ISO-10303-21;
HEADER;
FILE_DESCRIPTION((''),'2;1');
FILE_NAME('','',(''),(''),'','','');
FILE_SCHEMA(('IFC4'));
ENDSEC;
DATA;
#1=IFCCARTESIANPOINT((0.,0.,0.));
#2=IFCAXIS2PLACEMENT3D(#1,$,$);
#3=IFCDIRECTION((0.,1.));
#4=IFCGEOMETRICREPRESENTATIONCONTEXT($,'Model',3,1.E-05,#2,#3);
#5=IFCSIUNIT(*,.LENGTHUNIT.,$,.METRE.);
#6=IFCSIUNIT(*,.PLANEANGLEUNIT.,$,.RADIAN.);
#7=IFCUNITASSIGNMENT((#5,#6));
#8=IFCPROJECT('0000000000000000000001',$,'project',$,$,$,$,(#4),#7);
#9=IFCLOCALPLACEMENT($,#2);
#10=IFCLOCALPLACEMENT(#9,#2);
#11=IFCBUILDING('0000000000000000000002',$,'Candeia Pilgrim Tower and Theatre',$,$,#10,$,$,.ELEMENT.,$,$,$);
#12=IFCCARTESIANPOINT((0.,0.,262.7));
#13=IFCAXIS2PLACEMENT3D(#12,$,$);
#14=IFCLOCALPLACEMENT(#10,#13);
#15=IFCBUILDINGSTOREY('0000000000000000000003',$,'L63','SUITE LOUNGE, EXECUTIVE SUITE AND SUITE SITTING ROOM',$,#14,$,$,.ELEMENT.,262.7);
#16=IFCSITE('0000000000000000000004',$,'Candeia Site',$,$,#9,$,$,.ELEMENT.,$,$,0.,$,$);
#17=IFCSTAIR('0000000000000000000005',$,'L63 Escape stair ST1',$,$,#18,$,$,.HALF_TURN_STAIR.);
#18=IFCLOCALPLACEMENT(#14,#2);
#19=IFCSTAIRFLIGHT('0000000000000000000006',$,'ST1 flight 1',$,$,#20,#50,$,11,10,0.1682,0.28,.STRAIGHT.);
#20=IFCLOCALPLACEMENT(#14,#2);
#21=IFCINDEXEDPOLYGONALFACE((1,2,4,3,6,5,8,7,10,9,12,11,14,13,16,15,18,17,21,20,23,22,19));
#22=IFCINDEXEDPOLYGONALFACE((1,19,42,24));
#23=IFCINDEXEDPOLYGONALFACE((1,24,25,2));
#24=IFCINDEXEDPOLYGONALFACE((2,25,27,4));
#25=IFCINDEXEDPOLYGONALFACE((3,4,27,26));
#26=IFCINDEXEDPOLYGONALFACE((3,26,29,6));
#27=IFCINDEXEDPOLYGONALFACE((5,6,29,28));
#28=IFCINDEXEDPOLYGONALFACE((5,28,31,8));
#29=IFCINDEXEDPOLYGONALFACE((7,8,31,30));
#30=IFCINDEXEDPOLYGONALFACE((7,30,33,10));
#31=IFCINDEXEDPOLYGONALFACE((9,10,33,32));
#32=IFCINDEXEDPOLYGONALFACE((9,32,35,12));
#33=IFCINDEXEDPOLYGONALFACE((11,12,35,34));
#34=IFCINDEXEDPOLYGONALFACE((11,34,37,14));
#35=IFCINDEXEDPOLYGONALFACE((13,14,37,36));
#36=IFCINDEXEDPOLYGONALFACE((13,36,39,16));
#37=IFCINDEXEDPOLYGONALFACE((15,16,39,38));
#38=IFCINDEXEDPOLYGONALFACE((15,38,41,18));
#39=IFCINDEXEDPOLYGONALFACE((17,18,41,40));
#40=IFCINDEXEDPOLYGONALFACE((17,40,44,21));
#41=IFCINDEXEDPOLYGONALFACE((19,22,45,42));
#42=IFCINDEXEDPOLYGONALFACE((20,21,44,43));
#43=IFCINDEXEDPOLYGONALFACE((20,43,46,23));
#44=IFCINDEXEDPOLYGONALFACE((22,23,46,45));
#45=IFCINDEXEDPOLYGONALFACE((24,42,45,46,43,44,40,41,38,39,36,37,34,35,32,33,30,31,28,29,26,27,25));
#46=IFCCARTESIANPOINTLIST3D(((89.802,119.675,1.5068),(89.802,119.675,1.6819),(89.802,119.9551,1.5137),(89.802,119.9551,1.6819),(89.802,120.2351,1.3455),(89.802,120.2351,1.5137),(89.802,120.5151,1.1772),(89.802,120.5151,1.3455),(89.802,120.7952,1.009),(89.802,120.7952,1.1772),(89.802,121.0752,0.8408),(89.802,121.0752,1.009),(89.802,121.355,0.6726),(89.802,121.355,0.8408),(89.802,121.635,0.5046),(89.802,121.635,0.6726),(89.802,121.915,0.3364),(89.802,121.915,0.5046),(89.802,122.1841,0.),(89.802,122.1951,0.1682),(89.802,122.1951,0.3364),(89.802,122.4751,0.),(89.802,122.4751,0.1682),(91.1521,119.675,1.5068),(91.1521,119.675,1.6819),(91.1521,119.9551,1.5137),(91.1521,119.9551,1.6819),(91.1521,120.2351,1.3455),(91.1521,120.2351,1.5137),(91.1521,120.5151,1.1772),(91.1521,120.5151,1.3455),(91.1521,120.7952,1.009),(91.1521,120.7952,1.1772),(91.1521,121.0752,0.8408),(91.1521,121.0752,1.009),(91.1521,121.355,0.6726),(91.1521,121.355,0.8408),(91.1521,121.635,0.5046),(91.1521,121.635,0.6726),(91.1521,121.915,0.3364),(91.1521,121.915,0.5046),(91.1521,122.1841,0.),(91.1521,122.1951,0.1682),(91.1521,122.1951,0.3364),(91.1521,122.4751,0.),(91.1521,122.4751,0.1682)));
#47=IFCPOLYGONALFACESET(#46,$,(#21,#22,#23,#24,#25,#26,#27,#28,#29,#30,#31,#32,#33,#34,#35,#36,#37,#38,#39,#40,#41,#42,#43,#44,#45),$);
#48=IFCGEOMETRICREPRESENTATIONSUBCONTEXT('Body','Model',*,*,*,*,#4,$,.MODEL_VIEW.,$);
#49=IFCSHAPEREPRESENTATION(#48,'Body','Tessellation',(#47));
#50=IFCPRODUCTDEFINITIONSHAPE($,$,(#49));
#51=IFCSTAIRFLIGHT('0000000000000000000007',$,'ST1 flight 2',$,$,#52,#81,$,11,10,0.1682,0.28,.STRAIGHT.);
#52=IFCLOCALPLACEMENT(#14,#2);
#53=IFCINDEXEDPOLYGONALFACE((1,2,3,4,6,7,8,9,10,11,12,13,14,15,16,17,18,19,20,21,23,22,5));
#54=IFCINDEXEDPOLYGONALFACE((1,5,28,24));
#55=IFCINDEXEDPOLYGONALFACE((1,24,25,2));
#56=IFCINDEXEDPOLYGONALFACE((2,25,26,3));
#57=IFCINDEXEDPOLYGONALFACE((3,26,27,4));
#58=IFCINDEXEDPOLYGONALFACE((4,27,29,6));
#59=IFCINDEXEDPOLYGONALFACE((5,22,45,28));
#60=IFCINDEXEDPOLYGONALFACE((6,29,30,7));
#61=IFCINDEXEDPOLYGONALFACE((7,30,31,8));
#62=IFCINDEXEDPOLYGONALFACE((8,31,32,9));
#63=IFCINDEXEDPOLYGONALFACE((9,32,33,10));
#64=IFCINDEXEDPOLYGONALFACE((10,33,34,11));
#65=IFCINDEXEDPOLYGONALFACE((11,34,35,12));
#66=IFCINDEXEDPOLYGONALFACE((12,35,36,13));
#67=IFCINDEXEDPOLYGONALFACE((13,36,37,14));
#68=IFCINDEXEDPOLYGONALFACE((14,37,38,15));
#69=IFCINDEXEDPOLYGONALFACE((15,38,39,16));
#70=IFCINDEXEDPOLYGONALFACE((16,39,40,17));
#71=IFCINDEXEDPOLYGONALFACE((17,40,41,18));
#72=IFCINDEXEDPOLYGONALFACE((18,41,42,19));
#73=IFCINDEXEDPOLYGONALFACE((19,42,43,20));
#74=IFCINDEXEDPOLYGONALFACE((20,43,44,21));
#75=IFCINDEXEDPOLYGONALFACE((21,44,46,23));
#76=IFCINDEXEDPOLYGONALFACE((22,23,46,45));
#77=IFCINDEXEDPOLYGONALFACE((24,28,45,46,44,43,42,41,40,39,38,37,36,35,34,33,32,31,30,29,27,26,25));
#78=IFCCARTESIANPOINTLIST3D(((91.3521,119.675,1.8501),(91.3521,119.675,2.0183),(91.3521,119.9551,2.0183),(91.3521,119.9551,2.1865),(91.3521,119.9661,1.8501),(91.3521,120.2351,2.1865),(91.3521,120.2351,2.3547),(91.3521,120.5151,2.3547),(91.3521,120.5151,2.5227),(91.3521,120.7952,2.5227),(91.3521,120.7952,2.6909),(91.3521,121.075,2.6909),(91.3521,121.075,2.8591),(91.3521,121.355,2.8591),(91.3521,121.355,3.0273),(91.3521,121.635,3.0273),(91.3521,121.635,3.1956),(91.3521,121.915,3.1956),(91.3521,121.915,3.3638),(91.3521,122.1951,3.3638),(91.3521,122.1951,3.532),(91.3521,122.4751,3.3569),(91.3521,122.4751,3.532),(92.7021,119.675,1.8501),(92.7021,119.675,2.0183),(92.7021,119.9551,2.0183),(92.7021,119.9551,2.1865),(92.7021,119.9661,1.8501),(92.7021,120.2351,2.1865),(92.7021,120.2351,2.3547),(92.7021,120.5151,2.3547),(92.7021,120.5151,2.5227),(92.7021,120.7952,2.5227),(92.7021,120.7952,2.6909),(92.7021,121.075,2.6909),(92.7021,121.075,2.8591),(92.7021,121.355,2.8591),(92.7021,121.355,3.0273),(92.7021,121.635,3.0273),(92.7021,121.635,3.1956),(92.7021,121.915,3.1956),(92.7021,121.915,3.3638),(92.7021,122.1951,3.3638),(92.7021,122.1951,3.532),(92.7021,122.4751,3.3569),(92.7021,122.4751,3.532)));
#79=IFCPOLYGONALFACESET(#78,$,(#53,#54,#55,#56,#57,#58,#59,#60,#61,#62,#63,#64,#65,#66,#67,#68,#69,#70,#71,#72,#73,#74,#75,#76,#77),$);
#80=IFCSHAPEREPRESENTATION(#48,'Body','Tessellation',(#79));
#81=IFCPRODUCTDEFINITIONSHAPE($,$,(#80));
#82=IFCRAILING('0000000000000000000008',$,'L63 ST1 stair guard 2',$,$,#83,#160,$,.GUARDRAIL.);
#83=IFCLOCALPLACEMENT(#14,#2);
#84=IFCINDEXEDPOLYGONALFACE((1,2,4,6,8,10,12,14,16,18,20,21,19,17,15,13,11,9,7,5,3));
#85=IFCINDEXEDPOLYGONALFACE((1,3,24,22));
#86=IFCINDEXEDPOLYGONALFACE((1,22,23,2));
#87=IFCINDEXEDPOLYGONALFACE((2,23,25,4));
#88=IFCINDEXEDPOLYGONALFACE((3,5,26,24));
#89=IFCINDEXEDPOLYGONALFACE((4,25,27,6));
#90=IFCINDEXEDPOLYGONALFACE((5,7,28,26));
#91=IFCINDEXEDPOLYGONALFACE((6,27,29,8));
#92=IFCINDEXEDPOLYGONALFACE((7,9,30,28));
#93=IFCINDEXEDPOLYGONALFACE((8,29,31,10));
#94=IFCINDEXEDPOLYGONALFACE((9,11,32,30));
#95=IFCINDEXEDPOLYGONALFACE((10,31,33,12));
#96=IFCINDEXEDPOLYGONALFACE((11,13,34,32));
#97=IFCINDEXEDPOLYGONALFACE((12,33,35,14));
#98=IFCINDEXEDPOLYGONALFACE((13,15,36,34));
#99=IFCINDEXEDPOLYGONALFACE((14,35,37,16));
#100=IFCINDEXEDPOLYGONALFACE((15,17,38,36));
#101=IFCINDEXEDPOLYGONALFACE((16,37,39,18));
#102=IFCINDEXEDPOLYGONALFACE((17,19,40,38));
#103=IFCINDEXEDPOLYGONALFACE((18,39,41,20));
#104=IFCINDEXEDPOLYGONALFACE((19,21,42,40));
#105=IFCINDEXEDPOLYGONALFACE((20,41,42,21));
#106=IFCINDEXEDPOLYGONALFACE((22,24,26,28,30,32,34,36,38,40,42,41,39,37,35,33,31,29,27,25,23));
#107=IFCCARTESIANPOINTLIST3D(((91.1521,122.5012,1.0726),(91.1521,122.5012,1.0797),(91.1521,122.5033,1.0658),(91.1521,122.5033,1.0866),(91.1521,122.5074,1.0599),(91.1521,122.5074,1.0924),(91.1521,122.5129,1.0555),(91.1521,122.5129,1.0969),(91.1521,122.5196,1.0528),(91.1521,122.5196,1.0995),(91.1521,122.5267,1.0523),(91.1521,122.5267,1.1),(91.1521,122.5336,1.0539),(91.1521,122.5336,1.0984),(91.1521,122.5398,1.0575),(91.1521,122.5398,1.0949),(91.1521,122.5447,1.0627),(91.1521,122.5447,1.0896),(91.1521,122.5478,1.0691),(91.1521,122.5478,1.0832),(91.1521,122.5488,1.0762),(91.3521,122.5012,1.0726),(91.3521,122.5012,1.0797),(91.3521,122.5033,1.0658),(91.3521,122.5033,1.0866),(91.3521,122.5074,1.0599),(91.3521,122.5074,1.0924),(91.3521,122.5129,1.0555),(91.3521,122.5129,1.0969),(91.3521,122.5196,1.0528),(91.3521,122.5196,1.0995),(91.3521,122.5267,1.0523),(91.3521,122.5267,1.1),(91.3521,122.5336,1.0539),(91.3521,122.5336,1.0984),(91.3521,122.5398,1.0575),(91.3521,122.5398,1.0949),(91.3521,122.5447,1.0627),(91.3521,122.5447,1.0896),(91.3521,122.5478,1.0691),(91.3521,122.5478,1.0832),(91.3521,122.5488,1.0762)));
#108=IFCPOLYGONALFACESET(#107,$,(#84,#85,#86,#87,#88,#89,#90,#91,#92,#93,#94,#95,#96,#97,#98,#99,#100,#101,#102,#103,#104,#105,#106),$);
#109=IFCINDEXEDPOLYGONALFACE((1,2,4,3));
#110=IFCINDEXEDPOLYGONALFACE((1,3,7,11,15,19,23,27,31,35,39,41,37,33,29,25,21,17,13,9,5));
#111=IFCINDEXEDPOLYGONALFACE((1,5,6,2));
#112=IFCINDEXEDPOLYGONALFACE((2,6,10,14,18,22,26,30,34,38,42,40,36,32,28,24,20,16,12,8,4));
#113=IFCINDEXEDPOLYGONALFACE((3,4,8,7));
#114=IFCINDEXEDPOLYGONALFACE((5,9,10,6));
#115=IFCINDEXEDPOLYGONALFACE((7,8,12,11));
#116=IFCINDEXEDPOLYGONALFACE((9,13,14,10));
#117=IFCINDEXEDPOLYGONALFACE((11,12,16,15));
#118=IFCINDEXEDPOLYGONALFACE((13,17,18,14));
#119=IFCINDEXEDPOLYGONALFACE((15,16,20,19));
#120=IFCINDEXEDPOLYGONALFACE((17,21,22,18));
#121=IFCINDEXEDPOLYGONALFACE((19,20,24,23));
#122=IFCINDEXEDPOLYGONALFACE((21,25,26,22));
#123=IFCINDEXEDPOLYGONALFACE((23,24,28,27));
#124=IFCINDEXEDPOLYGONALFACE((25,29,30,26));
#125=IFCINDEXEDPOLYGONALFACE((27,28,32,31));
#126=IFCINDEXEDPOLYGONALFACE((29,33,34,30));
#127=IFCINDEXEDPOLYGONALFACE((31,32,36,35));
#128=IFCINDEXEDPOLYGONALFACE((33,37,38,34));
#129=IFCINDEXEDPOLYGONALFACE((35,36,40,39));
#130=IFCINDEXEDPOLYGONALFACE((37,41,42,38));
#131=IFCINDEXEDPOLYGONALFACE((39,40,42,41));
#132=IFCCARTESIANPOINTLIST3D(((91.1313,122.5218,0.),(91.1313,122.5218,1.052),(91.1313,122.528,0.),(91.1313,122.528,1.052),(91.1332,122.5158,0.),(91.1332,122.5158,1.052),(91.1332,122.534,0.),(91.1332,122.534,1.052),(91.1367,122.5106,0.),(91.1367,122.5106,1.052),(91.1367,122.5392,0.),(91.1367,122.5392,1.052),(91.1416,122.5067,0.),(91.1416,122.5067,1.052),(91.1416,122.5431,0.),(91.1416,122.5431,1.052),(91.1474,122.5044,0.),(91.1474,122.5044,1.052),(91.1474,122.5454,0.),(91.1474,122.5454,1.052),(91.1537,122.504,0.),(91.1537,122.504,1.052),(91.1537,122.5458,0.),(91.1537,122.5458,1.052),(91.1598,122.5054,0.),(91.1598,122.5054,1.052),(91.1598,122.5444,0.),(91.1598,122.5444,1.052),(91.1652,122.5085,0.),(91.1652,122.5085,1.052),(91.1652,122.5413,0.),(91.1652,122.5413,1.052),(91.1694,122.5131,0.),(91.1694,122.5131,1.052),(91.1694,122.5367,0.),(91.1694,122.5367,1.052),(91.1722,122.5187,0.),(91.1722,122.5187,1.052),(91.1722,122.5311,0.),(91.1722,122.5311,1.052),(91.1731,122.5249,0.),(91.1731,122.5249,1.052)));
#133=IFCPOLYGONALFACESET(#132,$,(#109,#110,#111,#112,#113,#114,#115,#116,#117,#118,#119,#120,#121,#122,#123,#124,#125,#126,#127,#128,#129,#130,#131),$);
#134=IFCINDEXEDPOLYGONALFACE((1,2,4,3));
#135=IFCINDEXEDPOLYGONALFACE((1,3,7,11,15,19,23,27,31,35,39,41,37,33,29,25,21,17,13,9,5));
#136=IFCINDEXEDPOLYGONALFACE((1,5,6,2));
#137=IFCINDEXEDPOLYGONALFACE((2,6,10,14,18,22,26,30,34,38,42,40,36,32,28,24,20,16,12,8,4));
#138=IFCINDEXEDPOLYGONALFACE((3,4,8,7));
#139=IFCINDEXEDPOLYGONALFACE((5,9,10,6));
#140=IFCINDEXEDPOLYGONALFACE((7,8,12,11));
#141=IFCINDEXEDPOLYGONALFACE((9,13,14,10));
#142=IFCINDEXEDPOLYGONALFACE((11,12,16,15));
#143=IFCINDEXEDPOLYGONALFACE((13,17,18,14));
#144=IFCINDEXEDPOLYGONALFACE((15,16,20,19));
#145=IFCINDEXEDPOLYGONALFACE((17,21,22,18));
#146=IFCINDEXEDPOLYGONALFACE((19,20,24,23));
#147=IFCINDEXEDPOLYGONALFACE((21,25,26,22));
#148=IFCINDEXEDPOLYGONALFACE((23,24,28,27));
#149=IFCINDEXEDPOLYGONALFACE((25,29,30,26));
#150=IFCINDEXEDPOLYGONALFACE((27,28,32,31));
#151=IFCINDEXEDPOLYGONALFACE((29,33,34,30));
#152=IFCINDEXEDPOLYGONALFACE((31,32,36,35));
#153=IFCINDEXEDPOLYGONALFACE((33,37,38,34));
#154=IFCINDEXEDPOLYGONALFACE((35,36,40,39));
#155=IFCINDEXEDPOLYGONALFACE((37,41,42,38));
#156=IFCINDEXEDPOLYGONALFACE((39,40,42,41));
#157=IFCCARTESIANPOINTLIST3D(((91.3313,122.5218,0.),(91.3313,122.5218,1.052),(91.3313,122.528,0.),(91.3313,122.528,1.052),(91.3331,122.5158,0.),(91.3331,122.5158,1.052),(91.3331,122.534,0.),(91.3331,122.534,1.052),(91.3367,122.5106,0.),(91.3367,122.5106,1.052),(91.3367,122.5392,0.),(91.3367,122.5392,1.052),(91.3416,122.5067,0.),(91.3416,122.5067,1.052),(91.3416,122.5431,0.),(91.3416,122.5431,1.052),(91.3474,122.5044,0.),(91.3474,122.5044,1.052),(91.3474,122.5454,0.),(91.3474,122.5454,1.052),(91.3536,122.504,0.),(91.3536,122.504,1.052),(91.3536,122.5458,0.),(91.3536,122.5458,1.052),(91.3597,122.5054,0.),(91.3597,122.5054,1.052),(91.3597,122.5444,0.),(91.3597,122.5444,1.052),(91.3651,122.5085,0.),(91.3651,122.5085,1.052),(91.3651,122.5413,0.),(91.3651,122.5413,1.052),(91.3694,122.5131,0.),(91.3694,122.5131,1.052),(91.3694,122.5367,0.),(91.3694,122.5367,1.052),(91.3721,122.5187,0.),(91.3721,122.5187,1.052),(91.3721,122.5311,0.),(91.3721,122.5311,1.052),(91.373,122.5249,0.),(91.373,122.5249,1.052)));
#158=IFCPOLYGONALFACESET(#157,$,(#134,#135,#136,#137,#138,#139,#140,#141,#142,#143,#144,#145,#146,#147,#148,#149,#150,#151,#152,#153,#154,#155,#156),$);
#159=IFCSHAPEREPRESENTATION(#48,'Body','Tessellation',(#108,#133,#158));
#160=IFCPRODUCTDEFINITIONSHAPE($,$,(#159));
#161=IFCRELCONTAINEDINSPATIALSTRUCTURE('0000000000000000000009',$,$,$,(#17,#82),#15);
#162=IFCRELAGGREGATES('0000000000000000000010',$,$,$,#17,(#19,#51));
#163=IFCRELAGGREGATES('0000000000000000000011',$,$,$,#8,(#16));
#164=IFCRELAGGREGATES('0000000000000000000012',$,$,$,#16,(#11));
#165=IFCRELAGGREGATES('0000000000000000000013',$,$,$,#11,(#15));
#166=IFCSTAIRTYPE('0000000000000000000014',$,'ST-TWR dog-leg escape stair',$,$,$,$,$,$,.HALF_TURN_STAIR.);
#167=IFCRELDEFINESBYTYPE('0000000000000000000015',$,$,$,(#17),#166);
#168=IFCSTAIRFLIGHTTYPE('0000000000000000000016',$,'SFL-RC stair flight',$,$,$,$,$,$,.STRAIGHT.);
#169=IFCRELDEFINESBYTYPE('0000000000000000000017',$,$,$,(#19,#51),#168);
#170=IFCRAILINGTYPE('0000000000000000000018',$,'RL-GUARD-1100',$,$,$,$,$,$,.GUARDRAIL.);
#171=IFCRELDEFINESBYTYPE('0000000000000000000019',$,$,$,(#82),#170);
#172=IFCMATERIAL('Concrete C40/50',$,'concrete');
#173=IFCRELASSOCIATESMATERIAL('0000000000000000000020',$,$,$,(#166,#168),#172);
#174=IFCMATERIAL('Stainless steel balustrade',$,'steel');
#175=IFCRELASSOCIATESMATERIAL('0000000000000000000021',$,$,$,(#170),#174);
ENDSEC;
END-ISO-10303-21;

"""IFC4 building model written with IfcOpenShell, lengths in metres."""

from ifc_helpers import new_model, si_unit, direction, frame, origin, origin_2d, place, context, subcontext, project, spatial, polyline, circle, outline, extrude, material, type_object, element, aggregate, save


model = new_model("IFC4")

# Units and contexts
model_context = context("Model", 3, precision=1e-05, world=origin(), true_north=direction((0.0, 1.0)))
body_context = subcontext(model_context, "Body", "Model", "MODEL_VIEW")
ifc_project = project(units=[si_unit("LENGTHUNIT", "METRE"), si_unit("PLANEANGLEUNIT", "RADIAN")], contexts=[model_context])

# Site, building, storey
site_placement = place(None, origin())
site = spatial("IfcSite", under=ifc_project, at=site_placement, Name="Candeia Site", CompositionType="ELEMENT", RefElevation=0.0)
building_placement = place(site_placement, origin())
building = spatial("IfcBuilding", under=site, at=building_placement, Name="Candeia Pilgrim Tower and Theatre", CompositionType="ELEMENT")
storey_placement = place(building_placement, frame((0.0, 0.0, 262.7)))
storey = spatial("IfcBuildingStorey", under=building, at=storey_placement, Name="L63", Description="SUITE LOUNGE, EXECUTIVE SUITE AND SUITE SITTING ROOM", CompositionType="ELEMENT", Elevation=262.7)

# Shared definitions
ifc_material_1 = material(Name="Concrete C40/50", Category="concrete")

# Stair, stair flights
stair_type = type_object("IfcStairType", Name="ST-TWR dog-leg escape stair", PredefinedType="HALF_TURN_STAIR", material=ifc_material_1)
stair_placement = place(storey_placement, origin())
stair = element("IfcStair", 1, at=stair_placement, inside=storey, type_object=stair_type, Name="L63 Escape stair ST1", PredefinedType="HALF_TURN_STAIR")
stair_flight_type = type_object("IfcStairFlightType", Name="SFL-RC stair flight", PredefinedType="STRAIGHT", material=ifc_material_1)
stair_flight_1_placement = place(storey_placement, frame((90.4771, 122.4751, 0.0), z_axis=(0.0, 0.0, 1.0), x_axis=(0.0, -1.0, 0.0)))
stair_flight_1 = element("IfcStairFlight", 2, at=stair_flight_1_placement, type_object=stair_flight_type, Name="ST1 flight 1", NumberOfRisers=11, NumberOfTreads=10, PredefinedType="STRAIGHT", RiserHeight=0.1682, TreadLength=0.28, context=body_context, shape_type="SweptSolid", body=[
    extrude(outline(polyline([(0.0, 0.0), (0.0, 0.1682), (0.28, 0.1682), (0.28, 0.3364), (0.5601, 0.3364), (0.5601, 0.5046), (0.8401, 0.5046), (0.8401, 0.6726), (1.1201, 0.6726), (1.1201, 0.8408), (1.3999, 0.8408), (1.3999, 1.009), (1.6799, 1.009), (1.6799, 1.1772), (1.96, 1.1772), (1.96, 1.3455), (2.24, 1.3455), (2.24, 1.5137), (2.52, 1.5137), (2.52, 1.6819), (2.8, 1.6819), (2.8, 1.8501), (2.8, 1.5068), (0.291, 0.0), (0.0, 0.0)])), frame((0.0, 0.675, 0.0), z_axis=(0.0, -1.0, 0.0), x_axis=(1.0, 0.0, 0.0)), (0.0, 0.0, 1.0), 1.3501),
])
stair_flight_2_placement = place(storey_placement, frame((92.0271, 119.675, 1.8501), z_axis=(0.0, 0.0, 1.0), x_axis=(0.0, 1.0, 0.0)))
stair_flight_2 = element("IfcStairFlight", 3, at=stair_flight_2_placement, type_object=stair_flight_type, Name="ST1 flight 2", NumberOfRisers=11, NumberOfTreads=10, PredefinedType="STRAIGHT", RiserHeight=0.1682, TreadLength=0.28, context=body_context, shape_type="SweptSolid", body=[
    extrude(outline(polyline([(0.0, 0.0), (0.0, 0.1682), (0.28, 0.1682), (0.28, 0.3364), (0.5601, 0.3364), (0.5601, 0.5046), (0.8401, 0.5046), (0.8401, 0.6726), (1.1201, 0.6726), (1.1201, 0.8408), (1.3999, 0.8408), (1.3999, 1.009), (1.6799, 1.009), (1.6799, 1.1772), (1.96, 1.1772), (1.96, 1.3455), (2.24, 1.3455), (2.24, 1.5137), (2.52, 1.5137), (2.52, 1.6819), (2.8, 1.6819), (2.8, 1.8501), (2.8, 1.5068), (0.291, 0.0), (0.0, 0.0)])), frame((0.0, 0.675, 0.0), z_axis=(0.0, -1.0, 0.0), x_axis=(1.0, 0.0, 0.0)), (0.0, 0.0, 1.0), 1.3501),
])
aggregate(stair, [stair_flight_1, stair_flight_2])

# Railing
ifc_material_2 = material(Name="Stainless steel balustrade", Category="steel")
railing_type_1 = type_object("IfcRailingType", Name="RL-GUARD-1100", PredefinedType="GUARDRAIL", material=ifc_material_2)
railing_1_placement = place(storey_placement, frame((91.1521, 122.5249, 0.0)))
element("IfcRailing", 4, at=railing_1_placement, inside=storey, type_object=railing_type_1, Name="L63 ST1 stair guard 2", PredefinedType="GUARDRAIL", context=body_context, shape_type="SweptSolid", body=[
    extrude(circle(Radius=0.0239, at=origin_2d()), frame((0.0, 0.0, 1.0762), z_axis=(1.0, 0.0, 0.0), x_axis=(0.0, 1.0, 0.0)), (0.0, 0.0, 1.0), 0.2),
    extrude(circle(Radius=0.021, at=origin_2d()), origin(), (0.0, 0.0, 1.0), 1.052),
    extrude(circle(Radius=0.021, at=origin_2d()), frame((0.2, 0.0, 0.0)), (0.0, 0.0, 1.0), 1.052),
])

save(model, "model.ifc")
